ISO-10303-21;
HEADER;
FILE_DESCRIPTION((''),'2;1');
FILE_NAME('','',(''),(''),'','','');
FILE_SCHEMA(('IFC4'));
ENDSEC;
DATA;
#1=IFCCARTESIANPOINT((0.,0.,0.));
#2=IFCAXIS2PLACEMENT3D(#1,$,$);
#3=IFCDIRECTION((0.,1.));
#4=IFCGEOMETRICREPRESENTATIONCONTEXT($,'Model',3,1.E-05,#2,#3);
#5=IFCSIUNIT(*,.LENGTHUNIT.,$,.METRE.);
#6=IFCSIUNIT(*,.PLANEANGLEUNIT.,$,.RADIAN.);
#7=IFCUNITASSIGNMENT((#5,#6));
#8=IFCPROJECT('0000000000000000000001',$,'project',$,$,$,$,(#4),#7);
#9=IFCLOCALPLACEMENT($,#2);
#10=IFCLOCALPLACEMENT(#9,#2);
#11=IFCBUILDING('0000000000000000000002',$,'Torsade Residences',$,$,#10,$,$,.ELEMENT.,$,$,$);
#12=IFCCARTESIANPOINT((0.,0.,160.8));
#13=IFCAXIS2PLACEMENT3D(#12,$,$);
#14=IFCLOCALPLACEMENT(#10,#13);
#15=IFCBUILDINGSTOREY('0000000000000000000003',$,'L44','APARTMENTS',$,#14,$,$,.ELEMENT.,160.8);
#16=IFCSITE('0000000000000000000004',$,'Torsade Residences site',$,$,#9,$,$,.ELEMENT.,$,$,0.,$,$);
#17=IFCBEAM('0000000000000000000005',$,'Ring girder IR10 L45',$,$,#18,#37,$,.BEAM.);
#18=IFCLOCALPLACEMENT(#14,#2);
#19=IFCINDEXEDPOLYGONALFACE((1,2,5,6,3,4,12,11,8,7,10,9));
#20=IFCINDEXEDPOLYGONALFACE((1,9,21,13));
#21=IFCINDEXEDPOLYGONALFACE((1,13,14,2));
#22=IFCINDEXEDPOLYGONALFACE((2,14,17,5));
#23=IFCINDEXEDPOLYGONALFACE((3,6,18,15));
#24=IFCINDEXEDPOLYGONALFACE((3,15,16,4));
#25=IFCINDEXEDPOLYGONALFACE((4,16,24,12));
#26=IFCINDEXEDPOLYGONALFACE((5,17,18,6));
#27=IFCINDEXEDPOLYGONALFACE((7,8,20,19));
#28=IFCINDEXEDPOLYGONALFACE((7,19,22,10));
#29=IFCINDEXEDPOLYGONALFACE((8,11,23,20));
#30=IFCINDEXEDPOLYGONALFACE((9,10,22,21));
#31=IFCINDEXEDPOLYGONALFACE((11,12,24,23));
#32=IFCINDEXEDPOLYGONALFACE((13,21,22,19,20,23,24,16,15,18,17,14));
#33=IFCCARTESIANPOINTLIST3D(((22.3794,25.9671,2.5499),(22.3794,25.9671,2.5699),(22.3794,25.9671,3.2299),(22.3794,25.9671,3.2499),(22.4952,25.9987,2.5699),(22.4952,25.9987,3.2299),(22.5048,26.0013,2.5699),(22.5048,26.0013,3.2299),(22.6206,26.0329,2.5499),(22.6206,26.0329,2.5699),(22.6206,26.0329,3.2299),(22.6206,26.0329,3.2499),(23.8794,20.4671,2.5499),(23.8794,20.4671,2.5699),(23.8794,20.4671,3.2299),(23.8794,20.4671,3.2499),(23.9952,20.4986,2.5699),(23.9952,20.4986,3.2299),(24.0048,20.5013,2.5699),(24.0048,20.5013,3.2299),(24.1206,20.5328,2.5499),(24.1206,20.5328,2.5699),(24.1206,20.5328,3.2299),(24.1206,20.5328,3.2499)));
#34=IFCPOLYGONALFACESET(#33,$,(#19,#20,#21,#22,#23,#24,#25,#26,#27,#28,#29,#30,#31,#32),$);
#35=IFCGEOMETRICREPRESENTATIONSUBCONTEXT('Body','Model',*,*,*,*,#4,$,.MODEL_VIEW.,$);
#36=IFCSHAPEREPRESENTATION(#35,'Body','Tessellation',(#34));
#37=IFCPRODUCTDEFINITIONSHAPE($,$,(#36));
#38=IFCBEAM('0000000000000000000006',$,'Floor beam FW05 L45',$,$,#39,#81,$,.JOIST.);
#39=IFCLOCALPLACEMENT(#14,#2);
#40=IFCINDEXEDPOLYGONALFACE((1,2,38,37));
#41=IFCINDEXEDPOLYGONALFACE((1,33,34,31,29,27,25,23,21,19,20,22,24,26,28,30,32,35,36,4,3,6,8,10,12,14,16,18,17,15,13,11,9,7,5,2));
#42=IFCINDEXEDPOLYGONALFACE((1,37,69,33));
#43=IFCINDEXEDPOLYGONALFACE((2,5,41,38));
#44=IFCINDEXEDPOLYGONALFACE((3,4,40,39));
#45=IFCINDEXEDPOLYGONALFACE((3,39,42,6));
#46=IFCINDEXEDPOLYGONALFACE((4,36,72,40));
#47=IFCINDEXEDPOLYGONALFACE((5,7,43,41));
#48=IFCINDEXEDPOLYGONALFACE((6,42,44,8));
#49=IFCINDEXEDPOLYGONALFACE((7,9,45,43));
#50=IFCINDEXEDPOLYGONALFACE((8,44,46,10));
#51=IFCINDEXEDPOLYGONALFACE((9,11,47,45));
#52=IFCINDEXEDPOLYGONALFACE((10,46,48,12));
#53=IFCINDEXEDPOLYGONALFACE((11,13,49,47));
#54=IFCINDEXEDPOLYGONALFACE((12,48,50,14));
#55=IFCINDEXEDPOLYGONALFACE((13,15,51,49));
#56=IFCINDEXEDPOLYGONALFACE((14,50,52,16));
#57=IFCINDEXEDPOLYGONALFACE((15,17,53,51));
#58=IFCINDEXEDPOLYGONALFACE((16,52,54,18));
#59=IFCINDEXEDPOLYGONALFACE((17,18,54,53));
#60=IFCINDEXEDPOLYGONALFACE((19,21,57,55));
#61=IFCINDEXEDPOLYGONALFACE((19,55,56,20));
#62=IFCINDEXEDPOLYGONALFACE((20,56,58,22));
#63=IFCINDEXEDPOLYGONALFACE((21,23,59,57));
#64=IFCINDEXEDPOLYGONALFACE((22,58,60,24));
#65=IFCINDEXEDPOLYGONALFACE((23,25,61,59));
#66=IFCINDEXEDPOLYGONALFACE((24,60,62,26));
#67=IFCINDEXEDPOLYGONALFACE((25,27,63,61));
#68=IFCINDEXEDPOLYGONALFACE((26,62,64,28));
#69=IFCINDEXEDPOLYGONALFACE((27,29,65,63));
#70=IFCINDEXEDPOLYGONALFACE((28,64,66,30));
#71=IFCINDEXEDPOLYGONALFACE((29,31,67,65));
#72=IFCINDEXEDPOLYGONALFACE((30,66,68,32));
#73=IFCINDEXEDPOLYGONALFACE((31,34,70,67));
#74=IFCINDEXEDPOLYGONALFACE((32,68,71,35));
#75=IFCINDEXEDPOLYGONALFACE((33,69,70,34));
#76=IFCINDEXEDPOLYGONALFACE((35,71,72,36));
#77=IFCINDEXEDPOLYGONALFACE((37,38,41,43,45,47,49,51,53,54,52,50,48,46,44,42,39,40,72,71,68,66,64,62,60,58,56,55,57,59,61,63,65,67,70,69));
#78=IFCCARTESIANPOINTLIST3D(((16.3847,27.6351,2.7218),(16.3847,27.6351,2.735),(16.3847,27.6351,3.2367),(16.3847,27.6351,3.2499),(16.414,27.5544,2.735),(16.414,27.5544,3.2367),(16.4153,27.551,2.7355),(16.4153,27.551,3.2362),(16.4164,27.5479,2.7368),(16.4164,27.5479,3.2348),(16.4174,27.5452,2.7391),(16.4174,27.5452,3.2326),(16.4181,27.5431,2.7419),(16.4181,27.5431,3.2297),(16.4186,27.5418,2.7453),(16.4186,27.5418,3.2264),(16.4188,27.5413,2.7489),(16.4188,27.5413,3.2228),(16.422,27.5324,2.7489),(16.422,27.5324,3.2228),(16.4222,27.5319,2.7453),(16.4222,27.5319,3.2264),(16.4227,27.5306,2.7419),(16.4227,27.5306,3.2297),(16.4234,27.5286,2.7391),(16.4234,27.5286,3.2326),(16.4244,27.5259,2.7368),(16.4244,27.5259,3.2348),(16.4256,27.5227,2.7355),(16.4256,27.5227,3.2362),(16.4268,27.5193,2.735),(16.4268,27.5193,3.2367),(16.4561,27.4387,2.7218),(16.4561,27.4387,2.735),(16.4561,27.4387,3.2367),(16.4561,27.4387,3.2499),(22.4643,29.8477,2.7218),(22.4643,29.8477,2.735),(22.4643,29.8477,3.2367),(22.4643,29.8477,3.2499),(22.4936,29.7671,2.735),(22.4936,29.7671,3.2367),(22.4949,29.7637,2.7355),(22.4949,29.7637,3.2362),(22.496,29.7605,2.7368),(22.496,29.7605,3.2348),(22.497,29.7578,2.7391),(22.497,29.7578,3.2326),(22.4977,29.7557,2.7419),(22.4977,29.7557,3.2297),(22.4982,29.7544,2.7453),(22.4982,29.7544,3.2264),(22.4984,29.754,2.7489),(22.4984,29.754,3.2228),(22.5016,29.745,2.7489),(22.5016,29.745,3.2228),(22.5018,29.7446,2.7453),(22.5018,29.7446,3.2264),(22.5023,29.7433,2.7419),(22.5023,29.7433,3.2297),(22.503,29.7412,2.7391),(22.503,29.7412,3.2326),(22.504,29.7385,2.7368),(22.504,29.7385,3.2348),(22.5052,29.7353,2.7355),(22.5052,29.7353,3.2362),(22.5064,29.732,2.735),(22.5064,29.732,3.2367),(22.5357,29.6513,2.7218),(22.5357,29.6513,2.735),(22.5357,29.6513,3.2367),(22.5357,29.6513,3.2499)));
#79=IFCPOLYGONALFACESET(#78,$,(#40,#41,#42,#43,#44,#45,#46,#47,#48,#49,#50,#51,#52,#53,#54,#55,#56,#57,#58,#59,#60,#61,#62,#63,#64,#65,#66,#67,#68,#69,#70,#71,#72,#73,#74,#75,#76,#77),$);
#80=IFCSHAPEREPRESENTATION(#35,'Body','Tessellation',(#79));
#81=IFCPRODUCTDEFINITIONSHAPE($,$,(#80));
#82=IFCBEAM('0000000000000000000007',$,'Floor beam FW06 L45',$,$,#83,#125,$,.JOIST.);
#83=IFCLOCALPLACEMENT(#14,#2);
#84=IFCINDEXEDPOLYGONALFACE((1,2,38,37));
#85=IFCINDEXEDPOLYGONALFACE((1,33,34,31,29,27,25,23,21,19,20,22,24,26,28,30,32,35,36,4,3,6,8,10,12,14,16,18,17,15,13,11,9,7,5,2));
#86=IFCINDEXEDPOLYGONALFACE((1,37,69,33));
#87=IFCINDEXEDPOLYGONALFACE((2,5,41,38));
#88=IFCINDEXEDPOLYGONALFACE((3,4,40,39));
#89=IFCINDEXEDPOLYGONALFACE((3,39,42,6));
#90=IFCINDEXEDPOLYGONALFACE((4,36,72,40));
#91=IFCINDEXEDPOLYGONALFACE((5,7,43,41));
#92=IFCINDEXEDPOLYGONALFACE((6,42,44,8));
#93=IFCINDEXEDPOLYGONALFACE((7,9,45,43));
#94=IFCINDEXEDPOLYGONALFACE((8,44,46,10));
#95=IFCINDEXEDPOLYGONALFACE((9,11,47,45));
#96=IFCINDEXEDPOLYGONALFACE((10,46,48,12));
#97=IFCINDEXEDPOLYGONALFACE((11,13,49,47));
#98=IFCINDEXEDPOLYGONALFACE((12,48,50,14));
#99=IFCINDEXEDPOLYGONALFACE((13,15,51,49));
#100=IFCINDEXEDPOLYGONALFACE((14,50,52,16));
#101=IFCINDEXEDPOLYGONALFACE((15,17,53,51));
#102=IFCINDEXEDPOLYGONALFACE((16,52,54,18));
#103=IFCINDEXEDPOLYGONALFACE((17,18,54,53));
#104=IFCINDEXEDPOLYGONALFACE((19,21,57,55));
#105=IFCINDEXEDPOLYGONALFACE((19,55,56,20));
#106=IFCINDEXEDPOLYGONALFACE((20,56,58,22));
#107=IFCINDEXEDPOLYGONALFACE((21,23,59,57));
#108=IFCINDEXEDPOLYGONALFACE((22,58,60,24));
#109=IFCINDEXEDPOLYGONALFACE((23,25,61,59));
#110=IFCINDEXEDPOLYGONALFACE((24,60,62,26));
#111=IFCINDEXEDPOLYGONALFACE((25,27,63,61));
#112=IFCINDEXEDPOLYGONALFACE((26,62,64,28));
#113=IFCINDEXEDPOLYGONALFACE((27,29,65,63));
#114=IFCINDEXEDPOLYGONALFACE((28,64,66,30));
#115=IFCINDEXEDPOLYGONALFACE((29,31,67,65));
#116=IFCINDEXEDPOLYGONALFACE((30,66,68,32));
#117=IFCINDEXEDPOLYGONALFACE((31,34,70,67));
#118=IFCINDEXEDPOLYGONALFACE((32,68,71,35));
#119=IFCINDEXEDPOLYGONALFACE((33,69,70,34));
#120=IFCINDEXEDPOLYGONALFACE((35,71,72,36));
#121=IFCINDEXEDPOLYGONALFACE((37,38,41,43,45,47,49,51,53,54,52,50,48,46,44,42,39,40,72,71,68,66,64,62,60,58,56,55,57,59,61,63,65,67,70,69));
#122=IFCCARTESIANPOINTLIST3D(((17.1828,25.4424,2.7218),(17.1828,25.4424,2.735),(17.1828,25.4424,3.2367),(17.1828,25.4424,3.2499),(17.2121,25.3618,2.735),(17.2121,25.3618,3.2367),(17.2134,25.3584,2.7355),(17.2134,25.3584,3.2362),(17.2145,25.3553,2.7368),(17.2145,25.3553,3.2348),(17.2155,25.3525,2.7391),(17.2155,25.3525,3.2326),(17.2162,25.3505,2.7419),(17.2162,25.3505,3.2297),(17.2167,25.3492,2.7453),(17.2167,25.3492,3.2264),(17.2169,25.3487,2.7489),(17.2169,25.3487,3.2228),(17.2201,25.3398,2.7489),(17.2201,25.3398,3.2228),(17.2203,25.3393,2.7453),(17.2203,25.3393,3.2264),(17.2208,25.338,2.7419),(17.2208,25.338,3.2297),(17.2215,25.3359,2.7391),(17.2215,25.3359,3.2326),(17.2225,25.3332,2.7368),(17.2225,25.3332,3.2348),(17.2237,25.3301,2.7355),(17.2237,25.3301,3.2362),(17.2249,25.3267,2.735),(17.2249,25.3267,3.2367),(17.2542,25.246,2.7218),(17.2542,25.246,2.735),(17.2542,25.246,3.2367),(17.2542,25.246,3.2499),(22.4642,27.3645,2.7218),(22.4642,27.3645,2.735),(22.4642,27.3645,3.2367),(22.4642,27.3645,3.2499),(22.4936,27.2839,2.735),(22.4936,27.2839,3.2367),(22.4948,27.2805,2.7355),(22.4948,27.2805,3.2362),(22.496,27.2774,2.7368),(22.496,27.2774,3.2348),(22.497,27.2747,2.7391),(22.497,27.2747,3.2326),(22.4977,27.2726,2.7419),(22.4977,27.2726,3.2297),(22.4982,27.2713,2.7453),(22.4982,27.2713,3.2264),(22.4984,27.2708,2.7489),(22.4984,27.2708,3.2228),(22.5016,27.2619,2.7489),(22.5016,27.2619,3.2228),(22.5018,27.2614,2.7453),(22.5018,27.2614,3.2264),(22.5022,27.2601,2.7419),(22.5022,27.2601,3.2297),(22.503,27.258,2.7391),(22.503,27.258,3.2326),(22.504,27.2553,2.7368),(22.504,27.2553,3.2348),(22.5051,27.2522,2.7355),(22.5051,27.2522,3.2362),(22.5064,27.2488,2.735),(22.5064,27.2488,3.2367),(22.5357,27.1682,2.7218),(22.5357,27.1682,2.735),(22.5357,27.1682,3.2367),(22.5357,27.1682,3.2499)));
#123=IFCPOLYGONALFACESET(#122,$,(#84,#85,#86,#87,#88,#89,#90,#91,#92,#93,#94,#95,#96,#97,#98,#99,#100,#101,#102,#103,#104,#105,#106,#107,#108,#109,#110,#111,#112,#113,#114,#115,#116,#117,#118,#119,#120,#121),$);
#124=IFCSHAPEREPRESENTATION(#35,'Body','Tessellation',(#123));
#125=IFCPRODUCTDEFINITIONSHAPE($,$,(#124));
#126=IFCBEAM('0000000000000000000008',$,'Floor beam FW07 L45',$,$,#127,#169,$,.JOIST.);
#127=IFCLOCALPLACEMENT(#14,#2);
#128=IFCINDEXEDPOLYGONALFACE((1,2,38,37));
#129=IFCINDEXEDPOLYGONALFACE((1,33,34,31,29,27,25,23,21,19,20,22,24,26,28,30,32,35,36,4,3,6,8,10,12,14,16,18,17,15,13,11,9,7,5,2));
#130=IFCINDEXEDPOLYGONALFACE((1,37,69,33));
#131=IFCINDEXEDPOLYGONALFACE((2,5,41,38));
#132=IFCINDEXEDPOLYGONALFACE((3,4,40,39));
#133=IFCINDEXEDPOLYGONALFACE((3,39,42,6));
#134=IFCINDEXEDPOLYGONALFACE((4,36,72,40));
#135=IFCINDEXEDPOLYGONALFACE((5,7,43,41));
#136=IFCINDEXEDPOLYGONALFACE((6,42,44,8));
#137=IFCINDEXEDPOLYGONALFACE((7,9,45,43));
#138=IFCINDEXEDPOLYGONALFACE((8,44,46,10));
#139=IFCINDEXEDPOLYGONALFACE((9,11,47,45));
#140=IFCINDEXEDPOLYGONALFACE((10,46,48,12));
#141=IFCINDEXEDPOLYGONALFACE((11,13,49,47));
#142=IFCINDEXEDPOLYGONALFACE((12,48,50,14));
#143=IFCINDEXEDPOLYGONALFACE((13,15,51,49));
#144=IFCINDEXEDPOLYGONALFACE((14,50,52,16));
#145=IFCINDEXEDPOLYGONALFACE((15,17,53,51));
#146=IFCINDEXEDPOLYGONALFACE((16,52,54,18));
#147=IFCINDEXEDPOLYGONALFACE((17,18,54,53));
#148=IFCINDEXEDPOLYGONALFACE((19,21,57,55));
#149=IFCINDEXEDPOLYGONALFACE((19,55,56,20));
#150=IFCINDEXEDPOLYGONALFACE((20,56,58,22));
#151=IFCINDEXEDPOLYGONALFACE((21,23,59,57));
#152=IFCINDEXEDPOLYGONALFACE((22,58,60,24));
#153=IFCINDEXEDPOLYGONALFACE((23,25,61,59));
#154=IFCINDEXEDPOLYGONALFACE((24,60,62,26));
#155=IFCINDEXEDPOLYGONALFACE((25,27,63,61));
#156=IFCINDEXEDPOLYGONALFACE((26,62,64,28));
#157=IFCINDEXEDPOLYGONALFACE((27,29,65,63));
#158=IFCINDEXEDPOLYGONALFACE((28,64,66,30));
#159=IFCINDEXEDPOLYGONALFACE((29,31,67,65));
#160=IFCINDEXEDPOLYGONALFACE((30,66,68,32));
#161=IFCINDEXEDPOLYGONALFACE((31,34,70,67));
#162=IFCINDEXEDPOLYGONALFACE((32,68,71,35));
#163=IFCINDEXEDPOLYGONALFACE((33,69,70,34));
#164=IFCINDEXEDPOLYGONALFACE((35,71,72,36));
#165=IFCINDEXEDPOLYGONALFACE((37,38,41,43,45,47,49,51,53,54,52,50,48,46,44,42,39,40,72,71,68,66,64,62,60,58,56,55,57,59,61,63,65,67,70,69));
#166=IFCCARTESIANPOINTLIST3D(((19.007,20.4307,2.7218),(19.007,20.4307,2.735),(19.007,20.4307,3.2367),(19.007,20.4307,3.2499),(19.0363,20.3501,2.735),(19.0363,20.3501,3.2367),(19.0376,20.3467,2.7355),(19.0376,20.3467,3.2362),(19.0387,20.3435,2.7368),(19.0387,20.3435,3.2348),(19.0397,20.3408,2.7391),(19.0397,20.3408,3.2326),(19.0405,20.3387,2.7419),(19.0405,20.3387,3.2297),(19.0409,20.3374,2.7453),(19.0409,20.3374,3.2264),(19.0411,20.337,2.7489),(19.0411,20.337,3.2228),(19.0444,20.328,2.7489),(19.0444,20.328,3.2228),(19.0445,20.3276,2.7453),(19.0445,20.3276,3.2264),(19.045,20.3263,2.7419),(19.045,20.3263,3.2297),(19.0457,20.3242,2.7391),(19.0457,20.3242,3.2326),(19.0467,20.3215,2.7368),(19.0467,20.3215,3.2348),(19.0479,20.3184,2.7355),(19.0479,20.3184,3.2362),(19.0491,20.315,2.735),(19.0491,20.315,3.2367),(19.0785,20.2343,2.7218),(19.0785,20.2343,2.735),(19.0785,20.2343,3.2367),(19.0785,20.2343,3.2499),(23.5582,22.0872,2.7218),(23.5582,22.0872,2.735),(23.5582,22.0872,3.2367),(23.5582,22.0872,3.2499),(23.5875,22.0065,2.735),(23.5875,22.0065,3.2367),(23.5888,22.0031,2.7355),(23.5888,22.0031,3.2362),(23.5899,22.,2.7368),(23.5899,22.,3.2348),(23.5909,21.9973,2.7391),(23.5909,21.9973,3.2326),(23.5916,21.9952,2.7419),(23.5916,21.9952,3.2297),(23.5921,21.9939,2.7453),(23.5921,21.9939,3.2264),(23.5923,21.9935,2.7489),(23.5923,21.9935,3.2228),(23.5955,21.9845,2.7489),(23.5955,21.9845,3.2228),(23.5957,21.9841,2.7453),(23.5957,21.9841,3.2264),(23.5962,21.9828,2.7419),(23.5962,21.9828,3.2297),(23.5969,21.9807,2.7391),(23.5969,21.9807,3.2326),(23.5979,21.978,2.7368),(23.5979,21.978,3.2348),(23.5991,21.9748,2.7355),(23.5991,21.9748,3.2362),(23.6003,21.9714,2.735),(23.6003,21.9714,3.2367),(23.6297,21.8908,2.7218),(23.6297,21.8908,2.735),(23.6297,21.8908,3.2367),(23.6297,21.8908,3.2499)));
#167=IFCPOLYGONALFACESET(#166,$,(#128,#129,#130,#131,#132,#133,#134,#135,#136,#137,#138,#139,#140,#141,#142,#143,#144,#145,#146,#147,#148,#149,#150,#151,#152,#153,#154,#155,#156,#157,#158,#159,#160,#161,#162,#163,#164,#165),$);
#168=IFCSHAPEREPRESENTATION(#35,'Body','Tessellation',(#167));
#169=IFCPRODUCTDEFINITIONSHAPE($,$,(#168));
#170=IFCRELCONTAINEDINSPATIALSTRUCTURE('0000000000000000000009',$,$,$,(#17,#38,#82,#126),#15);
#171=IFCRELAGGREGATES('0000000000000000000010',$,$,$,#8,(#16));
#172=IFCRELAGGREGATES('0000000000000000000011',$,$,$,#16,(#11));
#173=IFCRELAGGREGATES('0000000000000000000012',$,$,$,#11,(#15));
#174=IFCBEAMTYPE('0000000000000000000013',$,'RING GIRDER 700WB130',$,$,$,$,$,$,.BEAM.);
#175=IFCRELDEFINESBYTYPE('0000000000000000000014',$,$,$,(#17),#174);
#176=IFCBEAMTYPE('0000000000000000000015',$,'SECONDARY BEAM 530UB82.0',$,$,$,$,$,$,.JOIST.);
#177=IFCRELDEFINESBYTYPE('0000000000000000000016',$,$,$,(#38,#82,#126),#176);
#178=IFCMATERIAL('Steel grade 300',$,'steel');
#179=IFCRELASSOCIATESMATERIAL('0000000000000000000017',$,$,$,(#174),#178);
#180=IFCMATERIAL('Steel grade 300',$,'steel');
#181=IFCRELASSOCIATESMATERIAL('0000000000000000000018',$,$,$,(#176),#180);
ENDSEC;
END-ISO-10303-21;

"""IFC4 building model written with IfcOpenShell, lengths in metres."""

from ifc_helpers import new_model, si_unit, direction, frame, origin, origin_2d, place, context, subcontext, project, spatial, i_section, extrude, material, material_profile, profile_set, type_object, element, save


model = new_model("IFC4")

# Units and contexts
model_context = context("Model", 3, precision=1e-05, world=origin(), true_north=direction((0.0, 1.0)))
body_context = subcontext(model_context, "Body", "Model", "MODEL_VIEW")
ifc_project = project(units=[si_unit("LENGTHUNIT", "METRE"), si_unit("PLANEANGLEUNIT", "RADIAN")], contexts=[model_context])

# Site, building, storey
site_placement = place(None, origin())
site = spatial("IfcSite", under=ifc_project, at=site_placement, Name="Torsade Residences site", CompositionType="ELEMENT", RefElevation=0.0)
building_placement = place(site_placement, origin())
building = spatial("IfcBuilding", under=site, at=building_placement, Name="Torsade Residences", CompositionType="ELEMENT")
storey_placement = place(building_placement, frame((0.0, 0.0, 160.8)))
storey = spatial("IfcBuildingStorey", under=building, at=storey_placement, Name="L44", Description="APARTMENTS", CompositionType="ELEMENT", Elevation=160.8)

# Beams
ifc_material_1 = material(Name="Steel grade 300", Category="steel")
ifc_material_profile_1 = material_profile(ifc_material_1, i_section(OverallWidth=0.25, OverallDepth=0.7, WebThickness=0.01, FlangeThickness=0.02, at=origin_2d()), Name="700WB130")
ifc_profile_set_1 = profile_set([ifc_material_profile_1], Name="Steel grade 300")
beam_type_1 = type_object("IfcBeamType", Name="RING GIRDER 700WB130", PredefinedType="BEAM", material=ifc_profile_set_1)
beam_1_placement = place(storey_placement, frame((22.5, 26.0, 2.8999), z_axis=(0.263117, -0.964764, 0.0), x_axis=(0.964764, 0.263117, 0.0)))
element("IfcBeam", 1, at=beam_1_placement, inside=storey, type_object=beam_type_1, Name="Ring girder IR10 L45", PredefinedType="BEAM", context=body_context, shape_type="SweptSolid", body=[
    extrude(i_section(OverallWidth=0.25, OverallDepth=0.7, WebThickness=0.01, FlangeThickness=0.02, at=origin_2d()), origin(), (0.0, 0.0, 1.0), 5.7009),
])
ifc_material_2 = material(Name="Steel grade 300", Category="steel")
ifc_material_profile_2 = material_profile(ifc_material_2, i_section(OverallWidth=0.209, OverallDepth=0.5281, WebThickness=0.0095, FlangeThickness=0.0132, FilletRadius=0.0139, at=origin_2d()), Name="530UB82.0")
ifc_profile_set_2 = profile_set([ifc_material_profile_2], Name="Steel grade 300")
beam_type_2 = type_object("IfcBeamType", Name="SECONDARY BEAM 530UB82.0", PredefinedType="JOIST", material=ifc_profile_set_2)
beam_2_placement = place(storey_placement, frame((16.4204, 27.5369, 2.9858), z_axis=(0.9397, 0.342001, 0.0), x_axis=(-0.342001, 0.9397, 0.0)))
element("IfcBeam", 2, at=beam_2_placement, inside=storey, type_object=beam_type_2, Name="Floor beam FW05 L45", PredefinedType="JOIST", context=body_context, shape_type="SweptSolid", body=[
    extrude(i_section(OverallWidth=0.209, OverallDepth=0.5281, WebThickness=0.0095, FlangeThickness=0.0132, FilletRadius=0.0139, at=origin_2d()), origin(), (0.0, 0.0, 1.0), 6.4697),
])
beam_3_placement = place(storey_placement, frame((17.2185, 25.3442, 2.9858), z_axis=(0.939703, 0.341991, 0.0), x_axis=(-0.341991, 0.939703, 0.0)))
element("IfcBeam", 3, at=beam_3_placement, inside=storey, type_object=beam_type_2, Name="Floor beam FW06 L45", PredefinedType="JOIST", context=body_context, shape_type="SweptSolid", body=[
    extrude(i_section(OverallWidth=0.209, OverallDepth=0.5281, WebThickness=0.0095, FlangeThickness=0.0132, FilletRadius=0.0139, at=origin_2d()), origin(), (0.0, 0.0, 1.0), 5.6204),
])
beam_4_placement = place(storey_placement, frame((19.0427, 20.3325, 2.9858), z_axis=(0.939695, 0.342014, 0.0), x_axis=(-0.342014, 0.939695, 0.0)))
element("IfcBeam", 4, at=beam_4_placement, inside=storey, type_object=beam_type_2, Name="Floor beam FW07 L45", PredefinedType="JOIST", context=body_context, shape_type="SweptSolid", body=[
    extrude(i_section(OverallWidth=0.209, OverallDepth=0.5281, WebThickness=0.0095, FlangeThickness=0.0132, FilletRadius=0.0139, at=origin_2d()), origin(), (0.0, 0.0, 1.0), 4.8433),
])

save(model, "model.ifc")
